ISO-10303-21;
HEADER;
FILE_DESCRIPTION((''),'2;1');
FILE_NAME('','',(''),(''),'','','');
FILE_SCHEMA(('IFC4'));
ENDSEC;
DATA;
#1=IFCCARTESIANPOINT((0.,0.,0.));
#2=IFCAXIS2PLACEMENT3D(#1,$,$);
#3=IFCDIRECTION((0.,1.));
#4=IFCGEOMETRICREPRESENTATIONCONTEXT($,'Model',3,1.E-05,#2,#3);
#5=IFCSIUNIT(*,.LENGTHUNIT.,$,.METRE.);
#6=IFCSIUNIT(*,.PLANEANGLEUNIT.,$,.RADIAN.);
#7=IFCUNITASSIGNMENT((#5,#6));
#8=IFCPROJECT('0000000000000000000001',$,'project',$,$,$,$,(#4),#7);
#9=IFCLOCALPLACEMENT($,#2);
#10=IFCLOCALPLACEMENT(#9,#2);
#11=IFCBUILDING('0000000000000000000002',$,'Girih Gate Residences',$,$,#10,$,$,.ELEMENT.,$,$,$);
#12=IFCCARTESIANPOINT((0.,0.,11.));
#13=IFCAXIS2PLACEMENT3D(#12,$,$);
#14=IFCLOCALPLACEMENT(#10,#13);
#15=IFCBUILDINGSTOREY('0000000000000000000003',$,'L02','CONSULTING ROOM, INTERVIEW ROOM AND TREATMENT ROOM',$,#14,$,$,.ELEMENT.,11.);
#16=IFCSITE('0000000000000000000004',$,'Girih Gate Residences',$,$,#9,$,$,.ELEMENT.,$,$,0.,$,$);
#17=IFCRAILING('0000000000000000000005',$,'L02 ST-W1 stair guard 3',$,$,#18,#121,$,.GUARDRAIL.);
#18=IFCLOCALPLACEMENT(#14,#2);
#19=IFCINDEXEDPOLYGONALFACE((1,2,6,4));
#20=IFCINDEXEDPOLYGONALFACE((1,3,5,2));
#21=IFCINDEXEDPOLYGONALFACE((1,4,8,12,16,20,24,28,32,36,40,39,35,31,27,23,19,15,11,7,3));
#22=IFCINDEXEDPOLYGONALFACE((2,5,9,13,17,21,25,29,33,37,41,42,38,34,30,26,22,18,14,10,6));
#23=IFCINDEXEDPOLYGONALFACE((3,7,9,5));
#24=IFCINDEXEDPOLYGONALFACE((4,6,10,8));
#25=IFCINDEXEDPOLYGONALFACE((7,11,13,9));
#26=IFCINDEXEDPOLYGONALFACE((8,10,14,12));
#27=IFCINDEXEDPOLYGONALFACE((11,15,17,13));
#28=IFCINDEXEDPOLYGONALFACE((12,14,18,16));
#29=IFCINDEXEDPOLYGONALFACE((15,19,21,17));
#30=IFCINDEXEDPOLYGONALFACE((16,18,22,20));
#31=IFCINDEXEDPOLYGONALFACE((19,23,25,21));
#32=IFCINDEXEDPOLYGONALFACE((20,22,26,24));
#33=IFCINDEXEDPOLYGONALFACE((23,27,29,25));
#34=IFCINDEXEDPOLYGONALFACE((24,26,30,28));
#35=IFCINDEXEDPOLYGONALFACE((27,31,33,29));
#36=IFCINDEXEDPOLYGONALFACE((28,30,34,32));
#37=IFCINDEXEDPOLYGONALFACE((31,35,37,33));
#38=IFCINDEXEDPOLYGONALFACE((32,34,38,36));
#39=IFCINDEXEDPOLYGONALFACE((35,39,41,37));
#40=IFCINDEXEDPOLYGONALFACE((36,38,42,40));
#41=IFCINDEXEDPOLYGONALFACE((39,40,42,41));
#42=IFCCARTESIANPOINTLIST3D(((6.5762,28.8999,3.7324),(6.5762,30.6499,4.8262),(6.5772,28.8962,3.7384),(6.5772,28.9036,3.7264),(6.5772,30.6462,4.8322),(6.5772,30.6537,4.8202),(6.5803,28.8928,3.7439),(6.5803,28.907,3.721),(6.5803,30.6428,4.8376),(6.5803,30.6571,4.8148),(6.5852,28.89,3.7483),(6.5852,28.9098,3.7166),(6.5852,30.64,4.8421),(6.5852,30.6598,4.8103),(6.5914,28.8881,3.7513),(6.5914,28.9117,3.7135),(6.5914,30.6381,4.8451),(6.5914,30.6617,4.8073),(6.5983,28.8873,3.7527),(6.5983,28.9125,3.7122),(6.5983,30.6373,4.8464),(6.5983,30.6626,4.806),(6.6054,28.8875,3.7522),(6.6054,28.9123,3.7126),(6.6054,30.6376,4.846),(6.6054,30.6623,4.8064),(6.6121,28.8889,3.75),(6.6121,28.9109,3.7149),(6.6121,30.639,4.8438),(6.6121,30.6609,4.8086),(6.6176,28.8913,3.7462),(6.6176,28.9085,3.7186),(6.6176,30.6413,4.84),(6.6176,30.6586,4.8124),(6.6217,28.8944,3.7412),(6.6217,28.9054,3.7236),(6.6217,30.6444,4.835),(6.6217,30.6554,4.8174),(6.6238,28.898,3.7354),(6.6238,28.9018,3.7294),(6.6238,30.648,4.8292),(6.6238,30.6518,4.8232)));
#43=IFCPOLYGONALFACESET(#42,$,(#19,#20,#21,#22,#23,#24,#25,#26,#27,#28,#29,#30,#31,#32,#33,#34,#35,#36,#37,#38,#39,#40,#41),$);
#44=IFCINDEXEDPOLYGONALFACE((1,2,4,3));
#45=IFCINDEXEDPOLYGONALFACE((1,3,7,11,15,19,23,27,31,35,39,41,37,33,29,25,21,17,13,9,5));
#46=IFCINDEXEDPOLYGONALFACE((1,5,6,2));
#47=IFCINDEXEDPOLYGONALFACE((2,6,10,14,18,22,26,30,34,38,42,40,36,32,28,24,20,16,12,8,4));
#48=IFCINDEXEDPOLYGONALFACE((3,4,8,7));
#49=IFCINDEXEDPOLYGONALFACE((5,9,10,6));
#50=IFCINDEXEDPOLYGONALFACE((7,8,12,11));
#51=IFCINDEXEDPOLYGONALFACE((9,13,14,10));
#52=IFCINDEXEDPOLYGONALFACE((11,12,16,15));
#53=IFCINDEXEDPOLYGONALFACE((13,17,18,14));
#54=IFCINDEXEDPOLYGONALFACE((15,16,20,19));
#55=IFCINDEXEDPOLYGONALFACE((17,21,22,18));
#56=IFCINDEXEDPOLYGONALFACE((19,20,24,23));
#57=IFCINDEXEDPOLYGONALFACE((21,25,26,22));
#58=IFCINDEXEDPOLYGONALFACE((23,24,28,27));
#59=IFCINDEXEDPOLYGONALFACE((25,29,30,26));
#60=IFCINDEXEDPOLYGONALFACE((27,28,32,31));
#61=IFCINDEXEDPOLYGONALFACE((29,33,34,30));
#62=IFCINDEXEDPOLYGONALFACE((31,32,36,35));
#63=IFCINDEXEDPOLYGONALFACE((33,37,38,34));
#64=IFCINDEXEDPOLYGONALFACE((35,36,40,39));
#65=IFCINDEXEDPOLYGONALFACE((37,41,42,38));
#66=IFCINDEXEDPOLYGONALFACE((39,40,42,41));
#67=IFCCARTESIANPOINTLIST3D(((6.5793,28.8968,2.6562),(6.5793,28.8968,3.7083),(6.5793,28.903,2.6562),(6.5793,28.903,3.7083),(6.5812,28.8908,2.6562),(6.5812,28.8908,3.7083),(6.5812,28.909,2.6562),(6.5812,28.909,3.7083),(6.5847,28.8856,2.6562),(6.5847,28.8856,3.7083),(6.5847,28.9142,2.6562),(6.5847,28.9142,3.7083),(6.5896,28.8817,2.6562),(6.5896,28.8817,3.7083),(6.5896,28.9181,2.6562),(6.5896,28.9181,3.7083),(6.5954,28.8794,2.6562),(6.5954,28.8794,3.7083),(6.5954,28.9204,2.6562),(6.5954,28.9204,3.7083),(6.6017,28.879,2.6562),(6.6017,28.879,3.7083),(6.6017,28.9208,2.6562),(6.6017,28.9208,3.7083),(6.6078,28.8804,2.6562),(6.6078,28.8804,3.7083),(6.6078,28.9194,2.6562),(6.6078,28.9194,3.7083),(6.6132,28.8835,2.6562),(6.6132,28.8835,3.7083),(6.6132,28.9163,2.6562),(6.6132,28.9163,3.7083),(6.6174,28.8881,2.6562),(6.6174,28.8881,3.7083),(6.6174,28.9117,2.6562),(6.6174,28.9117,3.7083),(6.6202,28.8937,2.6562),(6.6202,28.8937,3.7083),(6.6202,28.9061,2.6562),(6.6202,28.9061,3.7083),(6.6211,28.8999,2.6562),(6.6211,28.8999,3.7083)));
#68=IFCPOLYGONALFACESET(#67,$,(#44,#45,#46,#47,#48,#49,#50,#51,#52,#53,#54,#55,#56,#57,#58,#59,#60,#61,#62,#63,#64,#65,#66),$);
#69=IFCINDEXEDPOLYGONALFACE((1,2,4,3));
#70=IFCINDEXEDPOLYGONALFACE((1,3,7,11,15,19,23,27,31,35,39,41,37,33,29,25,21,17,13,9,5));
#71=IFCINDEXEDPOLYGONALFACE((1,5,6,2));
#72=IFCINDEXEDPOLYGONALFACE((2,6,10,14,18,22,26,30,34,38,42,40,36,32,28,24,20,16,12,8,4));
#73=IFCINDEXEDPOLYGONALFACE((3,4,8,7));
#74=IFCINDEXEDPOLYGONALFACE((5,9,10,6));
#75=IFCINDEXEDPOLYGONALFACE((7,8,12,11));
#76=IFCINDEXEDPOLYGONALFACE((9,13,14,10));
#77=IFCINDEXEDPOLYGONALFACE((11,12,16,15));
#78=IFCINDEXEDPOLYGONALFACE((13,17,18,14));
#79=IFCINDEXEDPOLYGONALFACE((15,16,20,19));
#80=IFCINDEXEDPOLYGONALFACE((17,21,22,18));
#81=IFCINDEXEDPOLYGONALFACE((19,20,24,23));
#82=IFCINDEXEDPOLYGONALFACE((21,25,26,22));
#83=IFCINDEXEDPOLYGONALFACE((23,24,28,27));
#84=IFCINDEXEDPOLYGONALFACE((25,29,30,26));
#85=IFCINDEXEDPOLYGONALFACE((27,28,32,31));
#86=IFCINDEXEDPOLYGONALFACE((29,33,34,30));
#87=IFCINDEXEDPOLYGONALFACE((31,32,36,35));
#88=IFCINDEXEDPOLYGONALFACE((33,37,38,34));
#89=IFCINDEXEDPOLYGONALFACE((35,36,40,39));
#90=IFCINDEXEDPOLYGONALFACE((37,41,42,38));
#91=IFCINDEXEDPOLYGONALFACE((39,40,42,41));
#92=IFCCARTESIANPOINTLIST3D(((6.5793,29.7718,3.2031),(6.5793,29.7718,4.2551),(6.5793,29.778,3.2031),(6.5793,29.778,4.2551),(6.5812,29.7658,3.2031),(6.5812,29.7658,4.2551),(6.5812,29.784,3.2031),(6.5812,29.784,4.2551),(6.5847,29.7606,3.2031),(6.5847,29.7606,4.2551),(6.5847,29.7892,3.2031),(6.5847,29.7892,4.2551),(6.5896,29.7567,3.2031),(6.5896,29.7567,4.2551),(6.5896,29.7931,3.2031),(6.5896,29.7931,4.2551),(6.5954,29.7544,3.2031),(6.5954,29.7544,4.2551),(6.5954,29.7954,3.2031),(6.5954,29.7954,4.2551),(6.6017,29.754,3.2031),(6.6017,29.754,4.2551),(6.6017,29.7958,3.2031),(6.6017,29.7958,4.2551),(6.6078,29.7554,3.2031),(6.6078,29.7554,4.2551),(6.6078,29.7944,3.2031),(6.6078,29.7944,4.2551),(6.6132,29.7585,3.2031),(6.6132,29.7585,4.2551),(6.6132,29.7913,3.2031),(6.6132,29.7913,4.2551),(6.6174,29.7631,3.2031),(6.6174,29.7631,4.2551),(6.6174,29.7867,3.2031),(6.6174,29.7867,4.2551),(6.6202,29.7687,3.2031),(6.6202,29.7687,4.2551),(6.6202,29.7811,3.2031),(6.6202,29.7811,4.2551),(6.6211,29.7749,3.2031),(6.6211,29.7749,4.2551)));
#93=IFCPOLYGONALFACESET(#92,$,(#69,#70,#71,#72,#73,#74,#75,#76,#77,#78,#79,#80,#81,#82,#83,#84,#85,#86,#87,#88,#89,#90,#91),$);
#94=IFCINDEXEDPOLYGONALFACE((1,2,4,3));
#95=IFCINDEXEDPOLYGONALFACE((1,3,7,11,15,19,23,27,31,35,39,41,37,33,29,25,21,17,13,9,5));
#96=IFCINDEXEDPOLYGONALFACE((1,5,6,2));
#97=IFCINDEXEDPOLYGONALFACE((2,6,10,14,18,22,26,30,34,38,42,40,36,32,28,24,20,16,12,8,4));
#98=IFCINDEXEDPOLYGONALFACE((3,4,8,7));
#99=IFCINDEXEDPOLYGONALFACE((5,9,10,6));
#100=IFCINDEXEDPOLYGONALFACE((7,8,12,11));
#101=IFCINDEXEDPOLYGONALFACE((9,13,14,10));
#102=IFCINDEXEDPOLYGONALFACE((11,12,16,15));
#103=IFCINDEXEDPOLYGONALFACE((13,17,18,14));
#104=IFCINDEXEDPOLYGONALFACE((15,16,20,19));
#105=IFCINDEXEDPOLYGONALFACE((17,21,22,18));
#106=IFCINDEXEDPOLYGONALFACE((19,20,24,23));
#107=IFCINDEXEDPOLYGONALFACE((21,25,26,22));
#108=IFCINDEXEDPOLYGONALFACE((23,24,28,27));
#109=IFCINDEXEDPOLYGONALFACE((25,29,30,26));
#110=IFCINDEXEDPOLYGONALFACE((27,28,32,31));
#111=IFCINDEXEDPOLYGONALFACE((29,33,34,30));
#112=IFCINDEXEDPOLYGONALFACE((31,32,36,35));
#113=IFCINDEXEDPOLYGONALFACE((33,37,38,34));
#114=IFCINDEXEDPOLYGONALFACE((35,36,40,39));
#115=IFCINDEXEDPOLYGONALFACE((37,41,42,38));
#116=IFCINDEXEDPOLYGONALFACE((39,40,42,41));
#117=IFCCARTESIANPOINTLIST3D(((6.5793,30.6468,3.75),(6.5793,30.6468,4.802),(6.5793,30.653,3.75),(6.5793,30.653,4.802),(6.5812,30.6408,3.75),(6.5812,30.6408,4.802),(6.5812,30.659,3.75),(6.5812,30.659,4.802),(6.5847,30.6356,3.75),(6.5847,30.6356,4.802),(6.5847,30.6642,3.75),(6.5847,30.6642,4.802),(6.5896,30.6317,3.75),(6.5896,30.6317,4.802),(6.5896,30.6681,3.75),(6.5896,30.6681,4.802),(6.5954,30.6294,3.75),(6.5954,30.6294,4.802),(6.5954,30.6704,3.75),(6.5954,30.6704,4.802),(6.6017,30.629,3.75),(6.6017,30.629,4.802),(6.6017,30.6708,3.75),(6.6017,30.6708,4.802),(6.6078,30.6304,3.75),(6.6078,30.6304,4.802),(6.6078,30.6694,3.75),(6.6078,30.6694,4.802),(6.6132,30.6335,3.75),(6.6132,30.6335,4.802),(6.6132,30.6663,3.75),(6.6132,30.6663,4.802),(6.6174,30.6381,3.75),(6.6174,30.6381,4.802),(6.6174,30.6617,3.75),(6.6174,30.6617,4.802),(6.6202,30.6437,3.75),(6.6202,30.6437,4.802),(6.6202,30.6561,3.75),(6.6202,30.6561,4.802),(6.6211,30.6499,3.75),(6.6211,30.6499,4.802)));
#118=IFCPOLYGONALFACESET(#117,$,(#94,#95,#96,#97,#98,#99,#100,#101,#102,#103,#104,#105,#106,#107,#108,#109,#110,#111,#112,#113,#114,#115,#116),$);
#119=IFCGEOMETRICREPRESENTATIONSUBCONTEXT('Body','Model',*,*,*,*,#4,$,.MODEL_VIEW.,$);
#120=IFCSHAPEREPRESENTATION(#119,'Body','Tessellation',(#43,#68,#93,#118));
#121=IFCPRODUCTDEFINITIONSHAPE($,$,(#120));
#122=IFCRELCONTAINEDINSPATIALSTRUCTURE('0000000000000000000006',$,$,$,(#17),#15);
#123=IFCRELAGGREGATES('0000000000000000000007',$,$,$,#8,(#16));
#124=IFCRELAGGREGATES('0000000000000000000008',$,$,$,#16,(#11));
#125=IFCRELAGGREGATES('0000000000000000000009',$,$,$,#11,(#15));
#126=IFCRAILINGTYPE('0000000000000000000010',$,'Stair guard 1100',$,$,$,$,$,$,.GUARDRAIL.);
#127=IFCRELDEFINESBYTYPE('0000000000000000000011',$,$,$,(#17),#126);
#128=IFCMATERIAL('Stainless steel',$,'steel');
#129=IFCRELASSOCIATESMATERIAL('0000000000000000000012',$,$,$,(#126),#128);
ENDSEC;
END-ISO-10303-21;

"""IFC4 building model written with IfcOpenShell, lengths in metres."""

from ifc_helpers import new_model, si_unit, direction, frame, origin, origin_2d, place, context, subcontext, project, spatial, circle, extrude, material, type_object, element, save


model = new_model("IFC4")

# Units and contexts
model_context = context("Model", 3, precision=1e-05, world=origin(), true_north=direction((0.0, 1.0)))
body_context = subcontext(model_context, "Body", "Model", "MODEL_VIEW")
ifc_project = project(units=[si_unit("LENGTHUNIT", "METRE"), si_unit("PLANEANGLEUNIT", "RADIAN")], contexts=[model_context])

# Site, building, storey
site_placement = place(None, origin())
site = spatial("IfcSite", under=ifc_project, at=site_placement, Name="Girih Gate Residences", CompositionType="ELEMENT", RefElevation=0.0)
building_placement = place(site_placement, origin())
building = spatial("IfcBuilding", under=site, at=building_placement, Name="Girih Gate Residences", CompositionType="ELEMENT")
storey_placement = place(building_placement, frame((0.0, 0.0, 11.0)))
storey = spatial("IfcBuildingStorey", under=building, at=storey_placement, Name="L02", Description="CONSULTING ROOM, INTERVIEW ROOM AND TREATMENT ROOM", CompositionType="ELEMENT", Elevation=11.0)

# Railing
ifc_material_1 = material(Name="Stainless steel", Category="steel")
railing_type_1 = type_object("IfcRailingType", Name="Stair guard 1100", PredefinedType="GUARDRAIL", material=ifc_material_1)
railing_1_placement = place(storey_placement, frame((6.6001, 28.8999, 2.6562)))
element("IfcRailing", 1, at=railing_1_placement, inside=storey, type_object=railing_type_1, Name="L02 ST-W1 stair guard 3", PredefinedType="GUARDRAIL", context=body_context, shape_type="SweptSolid", body=[
    extrude(circle(Radius=0.0239, at=origin_2d()), frame((0.0, 0.0, 1.0762), z_axis=(0.0, 0.847998, 0.529999), x_axis=(-1.0, 0.0, 0.0)), (0.0, 0.0, 1.0), 2.0637),
    extrude(circle(Radius=0.021, at=origin_2d()), origin(), (0.0, 0.0, 1.0), 1.052),
    extrude(circle(Radius=0.021, at=origin_2d()), frame((0.0, 0.875, 0.5469)), (0.0, 0.0, 1.0), 1.052),
    extrude(circle(Radius=0.021, at=origin_2d()), frame((0.0, 1.75, 1.0938)), (0.0, 0.0, 1.0), 1.052),
])

save(model, "model.ifc")
